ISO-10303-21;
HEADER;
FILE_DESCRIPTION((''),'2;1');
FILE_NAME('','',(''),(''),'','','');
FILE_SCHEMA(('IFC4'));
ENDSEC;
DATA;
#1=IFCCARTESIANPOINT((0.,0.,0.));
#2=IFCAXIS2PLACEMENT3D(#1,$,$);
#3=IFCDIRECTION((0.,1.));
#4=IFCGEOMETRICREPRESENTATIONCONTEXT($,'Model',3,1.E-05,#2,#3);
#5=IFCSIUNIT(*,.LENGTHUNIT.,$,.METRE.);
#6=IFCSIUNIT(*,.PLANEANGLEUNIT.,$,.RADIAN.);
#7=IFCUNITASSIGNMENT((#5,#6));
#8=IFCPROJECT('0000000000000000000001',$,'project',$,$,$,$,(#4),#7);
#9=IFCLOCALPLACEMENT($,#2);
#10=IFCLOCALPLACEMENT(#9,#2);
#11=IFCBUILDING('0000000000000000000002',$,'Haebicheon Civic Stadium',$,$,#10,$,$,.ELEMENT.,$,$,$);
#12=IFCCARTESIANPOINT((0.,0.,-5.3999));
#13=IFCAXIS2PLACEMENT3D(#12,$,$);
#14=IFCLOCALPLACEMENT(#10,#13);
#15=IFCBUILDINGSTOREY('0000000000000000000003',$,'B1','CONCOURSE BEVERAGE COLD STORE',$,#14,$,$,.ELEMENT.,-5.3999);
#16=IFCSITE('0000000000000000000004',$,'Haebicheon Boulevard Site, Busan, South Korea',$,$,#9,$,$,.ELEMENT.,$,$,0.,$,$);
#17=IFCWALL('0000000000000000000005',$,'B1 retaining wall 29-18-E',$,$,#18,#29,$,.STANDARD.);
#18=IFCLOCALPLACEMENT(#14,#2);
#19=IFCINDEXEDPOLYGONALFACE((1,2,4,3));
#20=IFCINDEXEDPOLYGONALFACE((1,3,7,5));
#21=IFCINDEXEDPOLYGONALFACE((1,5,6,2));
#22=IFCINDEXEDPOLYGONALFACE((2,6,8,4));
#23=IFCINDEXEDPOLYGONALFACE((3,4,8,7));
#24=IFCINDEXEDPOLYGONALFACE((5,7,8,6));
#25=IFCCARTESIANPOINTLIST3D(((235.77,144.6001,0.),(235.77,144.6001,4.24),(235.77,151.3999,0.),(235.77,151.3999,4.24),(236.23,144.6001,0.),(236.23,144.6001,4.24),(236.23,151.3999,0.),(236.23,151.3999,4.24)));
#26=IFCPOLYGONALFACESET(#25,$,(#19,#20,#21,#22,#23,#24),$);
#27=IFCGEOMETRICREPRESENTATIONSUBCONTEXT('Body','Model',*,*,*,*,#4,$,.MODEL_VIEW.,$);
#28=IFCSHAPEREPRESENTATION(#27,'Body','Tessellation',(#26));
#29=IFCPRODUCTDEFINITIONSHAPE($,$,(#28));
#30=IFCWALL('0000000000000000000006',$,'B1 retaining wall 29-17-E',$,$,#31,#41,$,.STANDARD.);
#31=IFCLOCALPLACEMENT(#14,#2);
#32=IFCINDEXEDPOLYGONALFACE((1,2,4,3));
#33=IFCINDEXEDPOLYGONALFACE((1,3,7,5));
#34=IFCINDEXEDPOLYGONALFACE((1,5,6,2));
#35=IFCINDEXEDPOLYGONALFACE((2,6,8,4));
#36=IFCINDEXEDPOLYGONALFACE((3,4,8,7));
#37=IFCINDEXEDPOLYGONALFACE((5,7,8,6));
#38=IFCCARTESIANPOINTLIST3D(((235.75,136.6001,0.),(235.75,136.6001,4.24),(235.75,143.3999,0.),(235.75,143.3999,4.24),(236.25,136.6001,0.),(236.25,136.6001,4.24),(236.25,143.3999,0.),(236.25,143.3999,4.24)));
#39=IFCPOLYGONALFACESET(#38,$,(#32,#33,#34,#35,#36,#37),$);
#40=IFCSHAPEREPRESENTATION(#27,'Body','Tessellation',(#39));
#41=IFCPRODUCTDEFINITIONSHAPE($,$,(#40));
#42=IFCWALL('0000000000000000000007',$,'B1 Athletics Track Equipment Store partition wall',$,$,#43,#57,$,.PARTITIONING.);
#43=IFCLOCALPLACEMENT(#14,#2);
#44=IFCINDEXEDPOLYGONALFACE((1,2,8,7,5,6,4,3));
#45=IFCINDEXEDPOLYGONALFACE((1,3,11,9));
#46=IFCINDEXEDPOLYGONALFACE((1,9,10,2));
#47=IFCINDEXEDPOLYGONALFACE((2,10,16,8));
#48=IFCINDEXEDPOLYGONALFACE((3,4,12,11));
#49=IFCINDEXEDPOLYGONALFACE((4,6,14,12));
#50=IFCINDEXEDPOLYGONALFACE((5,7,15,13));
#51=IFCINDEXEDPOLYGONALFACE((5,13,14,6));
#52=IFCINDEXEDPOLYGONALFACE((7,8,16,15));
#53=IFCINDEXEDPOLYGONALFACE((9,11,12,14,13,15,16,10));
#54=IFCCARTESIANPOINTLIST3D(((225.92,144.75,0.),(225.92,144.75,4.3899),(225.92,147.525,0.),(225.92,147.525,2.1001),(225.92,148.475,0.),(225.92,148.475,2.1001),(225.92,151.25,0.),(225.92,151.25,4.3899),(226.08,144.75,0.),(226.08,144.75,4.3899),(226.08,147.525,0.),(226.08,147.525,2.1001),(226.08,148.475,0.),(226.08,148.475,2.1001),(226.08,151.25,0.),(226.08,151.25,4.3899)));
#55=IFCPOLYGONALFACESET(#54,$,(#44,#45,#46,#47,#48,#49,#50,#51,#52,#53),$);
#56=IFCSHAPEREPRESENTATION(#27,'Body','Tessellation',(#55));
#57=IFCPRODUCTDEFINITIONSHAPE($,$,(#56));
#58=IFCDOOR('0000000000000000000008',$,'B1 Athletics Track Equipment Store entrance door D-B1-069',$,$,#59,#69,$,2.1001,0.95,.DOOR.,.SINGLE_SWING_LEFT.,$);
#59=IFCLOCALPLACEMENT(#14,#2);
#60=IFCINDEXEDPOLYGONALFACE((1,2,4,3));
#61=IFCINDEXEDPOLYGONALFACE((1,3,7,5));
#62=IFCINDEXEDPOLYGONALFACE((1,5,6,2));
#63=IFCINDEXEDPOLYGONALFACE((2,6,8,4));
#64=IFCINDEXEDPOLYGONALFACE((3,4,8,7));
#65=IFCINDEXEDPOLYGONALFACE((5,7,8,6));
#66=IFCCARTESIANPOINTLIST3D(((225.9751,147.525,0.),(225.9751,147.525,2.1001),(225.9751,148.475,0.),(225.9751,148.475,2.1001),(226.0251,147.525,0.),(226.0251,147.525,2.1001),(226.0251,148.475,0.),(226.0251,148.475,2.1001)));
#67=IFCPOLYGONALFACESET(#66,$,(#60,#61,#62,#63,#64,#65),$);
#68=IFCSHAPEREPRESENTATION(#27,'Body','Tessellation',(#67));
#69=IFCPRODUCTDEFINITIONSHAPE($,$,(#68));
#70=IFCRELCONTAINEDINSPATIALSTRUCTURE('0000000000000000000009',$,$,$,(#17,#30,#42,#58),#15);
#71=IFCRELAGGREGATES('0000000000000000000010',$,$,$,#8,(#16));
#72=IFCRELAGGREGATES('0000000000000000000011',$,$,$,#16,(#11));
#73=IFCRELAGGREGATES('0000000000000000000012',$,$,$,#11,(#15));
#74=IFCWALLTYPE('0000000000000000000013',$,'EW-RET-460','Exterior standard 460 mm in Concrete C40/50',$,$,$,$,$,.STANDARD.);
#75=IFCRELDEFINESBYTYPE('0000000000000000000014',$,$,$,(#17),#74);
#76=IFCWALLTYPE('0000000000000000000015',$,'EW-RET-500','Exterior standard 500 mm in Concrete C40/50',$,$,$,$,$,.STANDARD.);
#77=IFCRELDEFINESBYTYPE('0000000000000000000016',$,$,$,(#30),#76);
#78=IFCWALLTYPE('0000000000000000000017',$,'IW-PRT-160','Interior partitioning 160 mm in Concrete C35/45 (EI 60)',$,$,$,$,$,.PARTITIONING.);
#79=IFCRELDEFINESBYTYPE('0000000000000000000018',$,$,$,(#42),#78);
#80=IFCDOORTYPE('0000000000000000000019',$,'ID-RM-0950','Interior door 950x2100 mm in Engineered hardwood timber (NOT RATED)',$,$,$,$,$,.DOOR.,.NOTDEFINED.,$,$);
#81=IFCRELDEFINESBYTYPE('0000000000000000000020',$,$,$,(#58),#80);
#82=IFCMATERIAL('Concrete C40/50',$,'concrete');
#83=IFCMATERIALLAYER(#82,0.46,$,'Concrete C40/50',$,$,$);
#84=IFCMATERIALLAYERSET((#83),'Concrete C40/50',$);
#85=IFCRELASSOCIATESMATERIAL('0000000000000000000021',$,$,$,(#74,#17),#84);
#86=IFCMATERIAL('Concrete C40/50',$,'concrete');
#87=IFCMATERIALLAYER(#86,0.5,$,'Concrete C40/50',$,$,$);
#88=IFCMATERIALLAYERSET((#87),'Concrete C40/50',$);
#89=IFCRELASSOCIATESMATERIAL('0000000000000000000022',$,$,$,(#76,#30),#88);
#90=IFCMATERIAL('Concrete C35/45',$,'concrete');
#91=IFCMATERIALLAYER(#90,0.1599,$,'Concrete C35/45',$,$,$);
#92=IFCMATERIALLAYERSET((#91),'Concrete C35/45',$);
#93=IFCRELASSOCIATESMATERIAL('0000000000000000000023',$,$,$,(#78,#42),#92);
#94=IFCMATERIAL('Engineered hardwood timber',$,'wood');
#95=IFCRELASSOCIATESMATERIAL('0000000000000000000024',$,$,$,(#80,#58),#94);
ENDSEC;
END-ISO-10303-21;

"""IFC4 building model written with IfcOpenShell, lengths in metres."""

from ifc_helpers import new_model, si_unit, direction, frame, frame_2d, origin, place, context, subcontext, project, spatial, rectangle, extrude, material, layer, layer_set, type_object, element, fill, save


model = new_model("IFC4")

# Units and contexts
model_context = context("Model", 3, precision=1e-05, world=origin(), true_north=direction((0.0, 1.0)))
body_context = subcontext(model_context, "Body", "Model", "MODEL_VIEW")
ifc_project = project(units=[si_unit("LENGTHUNIT", "METRE"), si_unit("PLANEANGLEUNIT", "RADIAN")], contexts=[model_context])

# Site, building, storey
site_placement = place(None, origin())
site = spatial("IfcSite", under=ifc_project, at=site_placement, Name="Haebicheon Boulevard Site, Busan, South Korea", CompositionType="ELEMENT", RefElevation=0.0)
building_placement = place(site_placement, origin())
building = spatial("IfcBuilding", under=site, at=building_placement, Name="Haebicheon Civic Stadium", CompositionType="ELEMENT")
storey_placement = place(building_placement, frame((0.0, 0.0, -5.3999)))
storey = spatial("IfcBuildingStorey", under=building, at=storey_placement, Name="B1", Description="CONCOURSE BEVERAGE COLD STORE", CompositionType="ELEMENT", Elevation=-5.3999)

# Walls
ifc_material_1 = material(Name="Concrete C40/50", Category="concrete")
ifc_layer_1 = layer(ifc_material_1, 0.46, Name="Concrete C40/50")
ifc_layer_set_1 = layer_set([ifc_layer_1], Name="Concrete C40/50")
wall_type_1 = type_object("IfcWallType", Name="EW-RET-460", Description="Exterior standard 460 mm in Concrete C40/50", PredefinedType="STANDARD", material=ifc_layer_set_1)
wall_1_placement = place(storey_placement, frame((236.0, 144.6001, 0.0), z_axis=(0.0, 0.0, 1.0), x_axis=(0.0, 1.0, 0.0)))
element("IfcWall", 1, at=wall_1_placement, inside=storey, type_object=wall_type_1, material=ifc_layer_set_1, Name="B1 retaining wall 29-18-E", PredefinedType="STANDARD", context=body_context, shape_type="SweptSolid", body=[
    extrude(rectangle(XDim=6.7998, YDim=0.46, at=frame_2d((3.3999, 0.0))), origin(), (0.0, 0.0, 1.0), 4.24),
])
ifc_material_2 = material(Name="Concrete C40/50", Category="concrete")
ifc_layer_2 = layer(ifc_material_2, 0.5, Name="Concrete C40/50")
ifc_layer_set_2 = layer_set([ifc_layer_2], Name="Concrete C40/50")
wall_type_2 = type_object("IfcWallType", Name="EW-RET-500", Description="Exterior standard 500 mm in Concrete C40/50", PredefinedType="STANDARD", material=ifc_layer_set_2)
wall_2_placement = place(storey_placement, frame((236.0, 136.6001, 0.0), z_axis=(0.0, 0.0, 1.0), x_axis=(0.0, 1.0, 0.0)))
element("IfcWall", 2, at=wall_2_placement, inside=storey, type_object=wall_type_2, material=ifc_layer_set_2, Name="B1 retaining wall 29-17-E", PredefinedType="STANDARD", context=body_context, shape_type="SweptSolid", body=[
    extrude(rectangle(XDim=6.7998, YDim=0.5, at=frame_2d((3.3999, 0.0))), origin(), (0.0, 0.0, 1.0), 4.24),
])

# Wall, opening, door
ifc_material_3 = material(Name="Concrete C35/45", Category="concrete")
ifc_layer_3 = layer(ifc_material_3, 0.1599, Name="Concrete C35/45")
ifc_layer_set_3 = layer_set([ifc_layer_3], Name="Concrete C35/45")
wall_type_3 = type_object("IfcWallType", Name="IW-PRT-160", Description="Interior partitioning 160 mm in Concrete C35/45 (EI 60)", PredefinedType="PARTITIONING", material=ifc_layer_set_3)
wall_3_placement = place(storey_placement, frame((226.0, 144.75, 0.0), z_axis=(0.0, 0.0, 1.0), x_axis=(0.0, 1.0, 0.0)))
wall_3 = element("IfcWall", 3, at=wall_3_placement, inside=storey, type_object=wall_type_3, material=ifc_layer_set_3, Name="B1 Athletics Track Equipment Store partition wall", PredefinedType="PARTITIONING", context=body_context, shape_type="SweptSolid", body=[
    extrude(rectangle(XDim=6.5, YDim=0.1599, at=frame_2d((3.25, 0.0))), origin(), (0.0, 0.0, 1.0), 4.3899),
])
opening_placement = place(wall_3_placement, frame((2.7749, 0.0, 0.0)))
opening = element("IfcOpeningElement", 4, at=opening_placement, cuts=wall_3, PredefinedType="OPENING", context=body_context, shape_type="SweptSolid", body=[
    extrude(rectangle(XDim=0.95, YDim=2.1001, at=frame_2d((0.4751, 1.05))), frame((0.0, 0.0898, 0.0), z_axis=(0.0, -1.0, 0.0), x_axis=(1.0, 0.0, 0.0)), (0.0, 0.0, 1.0), 0.1799),
])
ifc_material_4 = material(Name="Engineered hardwood timber", Category="wood")
door_type = type_object("IfcDoorType", Name="ID-RM-0950", Description="Interior door 950x2100 mm in Engineered hardwood timber (NOT RATED)", OperationType="NOTDEFINED", PredefinedType="DOOR", material=ifc_material_4)
door_placement = place(opening_placement, origin())
door = element("IfcDoor", 5, at=door_placement, inside=storey, type_object=door_type, material=ifc_material_4, Name="B1 Athletics Track Equipment Store entrance door D-B1-069", OperationType="SINGLE_SWING_LEFT", OverallHeight=2.1001, OverallWidth=0.95, PredefinedType="DOOR", context=body_context, shape_type="SweptSolid", body=[
    extrude(rectangle(XDim=0.95, YDim=2.1001, at=frame_2d((0.4751, 1.05))), frame((0.0, 0.0249, 0.0), z_axis=(0.0, -1.0, 0.0), x_axis=(1.0, 0.0, 0.0)), (0.0, 0.0, 1.0), 0.05),
])
fill(opening, door)

save(model, "model.ifc")
